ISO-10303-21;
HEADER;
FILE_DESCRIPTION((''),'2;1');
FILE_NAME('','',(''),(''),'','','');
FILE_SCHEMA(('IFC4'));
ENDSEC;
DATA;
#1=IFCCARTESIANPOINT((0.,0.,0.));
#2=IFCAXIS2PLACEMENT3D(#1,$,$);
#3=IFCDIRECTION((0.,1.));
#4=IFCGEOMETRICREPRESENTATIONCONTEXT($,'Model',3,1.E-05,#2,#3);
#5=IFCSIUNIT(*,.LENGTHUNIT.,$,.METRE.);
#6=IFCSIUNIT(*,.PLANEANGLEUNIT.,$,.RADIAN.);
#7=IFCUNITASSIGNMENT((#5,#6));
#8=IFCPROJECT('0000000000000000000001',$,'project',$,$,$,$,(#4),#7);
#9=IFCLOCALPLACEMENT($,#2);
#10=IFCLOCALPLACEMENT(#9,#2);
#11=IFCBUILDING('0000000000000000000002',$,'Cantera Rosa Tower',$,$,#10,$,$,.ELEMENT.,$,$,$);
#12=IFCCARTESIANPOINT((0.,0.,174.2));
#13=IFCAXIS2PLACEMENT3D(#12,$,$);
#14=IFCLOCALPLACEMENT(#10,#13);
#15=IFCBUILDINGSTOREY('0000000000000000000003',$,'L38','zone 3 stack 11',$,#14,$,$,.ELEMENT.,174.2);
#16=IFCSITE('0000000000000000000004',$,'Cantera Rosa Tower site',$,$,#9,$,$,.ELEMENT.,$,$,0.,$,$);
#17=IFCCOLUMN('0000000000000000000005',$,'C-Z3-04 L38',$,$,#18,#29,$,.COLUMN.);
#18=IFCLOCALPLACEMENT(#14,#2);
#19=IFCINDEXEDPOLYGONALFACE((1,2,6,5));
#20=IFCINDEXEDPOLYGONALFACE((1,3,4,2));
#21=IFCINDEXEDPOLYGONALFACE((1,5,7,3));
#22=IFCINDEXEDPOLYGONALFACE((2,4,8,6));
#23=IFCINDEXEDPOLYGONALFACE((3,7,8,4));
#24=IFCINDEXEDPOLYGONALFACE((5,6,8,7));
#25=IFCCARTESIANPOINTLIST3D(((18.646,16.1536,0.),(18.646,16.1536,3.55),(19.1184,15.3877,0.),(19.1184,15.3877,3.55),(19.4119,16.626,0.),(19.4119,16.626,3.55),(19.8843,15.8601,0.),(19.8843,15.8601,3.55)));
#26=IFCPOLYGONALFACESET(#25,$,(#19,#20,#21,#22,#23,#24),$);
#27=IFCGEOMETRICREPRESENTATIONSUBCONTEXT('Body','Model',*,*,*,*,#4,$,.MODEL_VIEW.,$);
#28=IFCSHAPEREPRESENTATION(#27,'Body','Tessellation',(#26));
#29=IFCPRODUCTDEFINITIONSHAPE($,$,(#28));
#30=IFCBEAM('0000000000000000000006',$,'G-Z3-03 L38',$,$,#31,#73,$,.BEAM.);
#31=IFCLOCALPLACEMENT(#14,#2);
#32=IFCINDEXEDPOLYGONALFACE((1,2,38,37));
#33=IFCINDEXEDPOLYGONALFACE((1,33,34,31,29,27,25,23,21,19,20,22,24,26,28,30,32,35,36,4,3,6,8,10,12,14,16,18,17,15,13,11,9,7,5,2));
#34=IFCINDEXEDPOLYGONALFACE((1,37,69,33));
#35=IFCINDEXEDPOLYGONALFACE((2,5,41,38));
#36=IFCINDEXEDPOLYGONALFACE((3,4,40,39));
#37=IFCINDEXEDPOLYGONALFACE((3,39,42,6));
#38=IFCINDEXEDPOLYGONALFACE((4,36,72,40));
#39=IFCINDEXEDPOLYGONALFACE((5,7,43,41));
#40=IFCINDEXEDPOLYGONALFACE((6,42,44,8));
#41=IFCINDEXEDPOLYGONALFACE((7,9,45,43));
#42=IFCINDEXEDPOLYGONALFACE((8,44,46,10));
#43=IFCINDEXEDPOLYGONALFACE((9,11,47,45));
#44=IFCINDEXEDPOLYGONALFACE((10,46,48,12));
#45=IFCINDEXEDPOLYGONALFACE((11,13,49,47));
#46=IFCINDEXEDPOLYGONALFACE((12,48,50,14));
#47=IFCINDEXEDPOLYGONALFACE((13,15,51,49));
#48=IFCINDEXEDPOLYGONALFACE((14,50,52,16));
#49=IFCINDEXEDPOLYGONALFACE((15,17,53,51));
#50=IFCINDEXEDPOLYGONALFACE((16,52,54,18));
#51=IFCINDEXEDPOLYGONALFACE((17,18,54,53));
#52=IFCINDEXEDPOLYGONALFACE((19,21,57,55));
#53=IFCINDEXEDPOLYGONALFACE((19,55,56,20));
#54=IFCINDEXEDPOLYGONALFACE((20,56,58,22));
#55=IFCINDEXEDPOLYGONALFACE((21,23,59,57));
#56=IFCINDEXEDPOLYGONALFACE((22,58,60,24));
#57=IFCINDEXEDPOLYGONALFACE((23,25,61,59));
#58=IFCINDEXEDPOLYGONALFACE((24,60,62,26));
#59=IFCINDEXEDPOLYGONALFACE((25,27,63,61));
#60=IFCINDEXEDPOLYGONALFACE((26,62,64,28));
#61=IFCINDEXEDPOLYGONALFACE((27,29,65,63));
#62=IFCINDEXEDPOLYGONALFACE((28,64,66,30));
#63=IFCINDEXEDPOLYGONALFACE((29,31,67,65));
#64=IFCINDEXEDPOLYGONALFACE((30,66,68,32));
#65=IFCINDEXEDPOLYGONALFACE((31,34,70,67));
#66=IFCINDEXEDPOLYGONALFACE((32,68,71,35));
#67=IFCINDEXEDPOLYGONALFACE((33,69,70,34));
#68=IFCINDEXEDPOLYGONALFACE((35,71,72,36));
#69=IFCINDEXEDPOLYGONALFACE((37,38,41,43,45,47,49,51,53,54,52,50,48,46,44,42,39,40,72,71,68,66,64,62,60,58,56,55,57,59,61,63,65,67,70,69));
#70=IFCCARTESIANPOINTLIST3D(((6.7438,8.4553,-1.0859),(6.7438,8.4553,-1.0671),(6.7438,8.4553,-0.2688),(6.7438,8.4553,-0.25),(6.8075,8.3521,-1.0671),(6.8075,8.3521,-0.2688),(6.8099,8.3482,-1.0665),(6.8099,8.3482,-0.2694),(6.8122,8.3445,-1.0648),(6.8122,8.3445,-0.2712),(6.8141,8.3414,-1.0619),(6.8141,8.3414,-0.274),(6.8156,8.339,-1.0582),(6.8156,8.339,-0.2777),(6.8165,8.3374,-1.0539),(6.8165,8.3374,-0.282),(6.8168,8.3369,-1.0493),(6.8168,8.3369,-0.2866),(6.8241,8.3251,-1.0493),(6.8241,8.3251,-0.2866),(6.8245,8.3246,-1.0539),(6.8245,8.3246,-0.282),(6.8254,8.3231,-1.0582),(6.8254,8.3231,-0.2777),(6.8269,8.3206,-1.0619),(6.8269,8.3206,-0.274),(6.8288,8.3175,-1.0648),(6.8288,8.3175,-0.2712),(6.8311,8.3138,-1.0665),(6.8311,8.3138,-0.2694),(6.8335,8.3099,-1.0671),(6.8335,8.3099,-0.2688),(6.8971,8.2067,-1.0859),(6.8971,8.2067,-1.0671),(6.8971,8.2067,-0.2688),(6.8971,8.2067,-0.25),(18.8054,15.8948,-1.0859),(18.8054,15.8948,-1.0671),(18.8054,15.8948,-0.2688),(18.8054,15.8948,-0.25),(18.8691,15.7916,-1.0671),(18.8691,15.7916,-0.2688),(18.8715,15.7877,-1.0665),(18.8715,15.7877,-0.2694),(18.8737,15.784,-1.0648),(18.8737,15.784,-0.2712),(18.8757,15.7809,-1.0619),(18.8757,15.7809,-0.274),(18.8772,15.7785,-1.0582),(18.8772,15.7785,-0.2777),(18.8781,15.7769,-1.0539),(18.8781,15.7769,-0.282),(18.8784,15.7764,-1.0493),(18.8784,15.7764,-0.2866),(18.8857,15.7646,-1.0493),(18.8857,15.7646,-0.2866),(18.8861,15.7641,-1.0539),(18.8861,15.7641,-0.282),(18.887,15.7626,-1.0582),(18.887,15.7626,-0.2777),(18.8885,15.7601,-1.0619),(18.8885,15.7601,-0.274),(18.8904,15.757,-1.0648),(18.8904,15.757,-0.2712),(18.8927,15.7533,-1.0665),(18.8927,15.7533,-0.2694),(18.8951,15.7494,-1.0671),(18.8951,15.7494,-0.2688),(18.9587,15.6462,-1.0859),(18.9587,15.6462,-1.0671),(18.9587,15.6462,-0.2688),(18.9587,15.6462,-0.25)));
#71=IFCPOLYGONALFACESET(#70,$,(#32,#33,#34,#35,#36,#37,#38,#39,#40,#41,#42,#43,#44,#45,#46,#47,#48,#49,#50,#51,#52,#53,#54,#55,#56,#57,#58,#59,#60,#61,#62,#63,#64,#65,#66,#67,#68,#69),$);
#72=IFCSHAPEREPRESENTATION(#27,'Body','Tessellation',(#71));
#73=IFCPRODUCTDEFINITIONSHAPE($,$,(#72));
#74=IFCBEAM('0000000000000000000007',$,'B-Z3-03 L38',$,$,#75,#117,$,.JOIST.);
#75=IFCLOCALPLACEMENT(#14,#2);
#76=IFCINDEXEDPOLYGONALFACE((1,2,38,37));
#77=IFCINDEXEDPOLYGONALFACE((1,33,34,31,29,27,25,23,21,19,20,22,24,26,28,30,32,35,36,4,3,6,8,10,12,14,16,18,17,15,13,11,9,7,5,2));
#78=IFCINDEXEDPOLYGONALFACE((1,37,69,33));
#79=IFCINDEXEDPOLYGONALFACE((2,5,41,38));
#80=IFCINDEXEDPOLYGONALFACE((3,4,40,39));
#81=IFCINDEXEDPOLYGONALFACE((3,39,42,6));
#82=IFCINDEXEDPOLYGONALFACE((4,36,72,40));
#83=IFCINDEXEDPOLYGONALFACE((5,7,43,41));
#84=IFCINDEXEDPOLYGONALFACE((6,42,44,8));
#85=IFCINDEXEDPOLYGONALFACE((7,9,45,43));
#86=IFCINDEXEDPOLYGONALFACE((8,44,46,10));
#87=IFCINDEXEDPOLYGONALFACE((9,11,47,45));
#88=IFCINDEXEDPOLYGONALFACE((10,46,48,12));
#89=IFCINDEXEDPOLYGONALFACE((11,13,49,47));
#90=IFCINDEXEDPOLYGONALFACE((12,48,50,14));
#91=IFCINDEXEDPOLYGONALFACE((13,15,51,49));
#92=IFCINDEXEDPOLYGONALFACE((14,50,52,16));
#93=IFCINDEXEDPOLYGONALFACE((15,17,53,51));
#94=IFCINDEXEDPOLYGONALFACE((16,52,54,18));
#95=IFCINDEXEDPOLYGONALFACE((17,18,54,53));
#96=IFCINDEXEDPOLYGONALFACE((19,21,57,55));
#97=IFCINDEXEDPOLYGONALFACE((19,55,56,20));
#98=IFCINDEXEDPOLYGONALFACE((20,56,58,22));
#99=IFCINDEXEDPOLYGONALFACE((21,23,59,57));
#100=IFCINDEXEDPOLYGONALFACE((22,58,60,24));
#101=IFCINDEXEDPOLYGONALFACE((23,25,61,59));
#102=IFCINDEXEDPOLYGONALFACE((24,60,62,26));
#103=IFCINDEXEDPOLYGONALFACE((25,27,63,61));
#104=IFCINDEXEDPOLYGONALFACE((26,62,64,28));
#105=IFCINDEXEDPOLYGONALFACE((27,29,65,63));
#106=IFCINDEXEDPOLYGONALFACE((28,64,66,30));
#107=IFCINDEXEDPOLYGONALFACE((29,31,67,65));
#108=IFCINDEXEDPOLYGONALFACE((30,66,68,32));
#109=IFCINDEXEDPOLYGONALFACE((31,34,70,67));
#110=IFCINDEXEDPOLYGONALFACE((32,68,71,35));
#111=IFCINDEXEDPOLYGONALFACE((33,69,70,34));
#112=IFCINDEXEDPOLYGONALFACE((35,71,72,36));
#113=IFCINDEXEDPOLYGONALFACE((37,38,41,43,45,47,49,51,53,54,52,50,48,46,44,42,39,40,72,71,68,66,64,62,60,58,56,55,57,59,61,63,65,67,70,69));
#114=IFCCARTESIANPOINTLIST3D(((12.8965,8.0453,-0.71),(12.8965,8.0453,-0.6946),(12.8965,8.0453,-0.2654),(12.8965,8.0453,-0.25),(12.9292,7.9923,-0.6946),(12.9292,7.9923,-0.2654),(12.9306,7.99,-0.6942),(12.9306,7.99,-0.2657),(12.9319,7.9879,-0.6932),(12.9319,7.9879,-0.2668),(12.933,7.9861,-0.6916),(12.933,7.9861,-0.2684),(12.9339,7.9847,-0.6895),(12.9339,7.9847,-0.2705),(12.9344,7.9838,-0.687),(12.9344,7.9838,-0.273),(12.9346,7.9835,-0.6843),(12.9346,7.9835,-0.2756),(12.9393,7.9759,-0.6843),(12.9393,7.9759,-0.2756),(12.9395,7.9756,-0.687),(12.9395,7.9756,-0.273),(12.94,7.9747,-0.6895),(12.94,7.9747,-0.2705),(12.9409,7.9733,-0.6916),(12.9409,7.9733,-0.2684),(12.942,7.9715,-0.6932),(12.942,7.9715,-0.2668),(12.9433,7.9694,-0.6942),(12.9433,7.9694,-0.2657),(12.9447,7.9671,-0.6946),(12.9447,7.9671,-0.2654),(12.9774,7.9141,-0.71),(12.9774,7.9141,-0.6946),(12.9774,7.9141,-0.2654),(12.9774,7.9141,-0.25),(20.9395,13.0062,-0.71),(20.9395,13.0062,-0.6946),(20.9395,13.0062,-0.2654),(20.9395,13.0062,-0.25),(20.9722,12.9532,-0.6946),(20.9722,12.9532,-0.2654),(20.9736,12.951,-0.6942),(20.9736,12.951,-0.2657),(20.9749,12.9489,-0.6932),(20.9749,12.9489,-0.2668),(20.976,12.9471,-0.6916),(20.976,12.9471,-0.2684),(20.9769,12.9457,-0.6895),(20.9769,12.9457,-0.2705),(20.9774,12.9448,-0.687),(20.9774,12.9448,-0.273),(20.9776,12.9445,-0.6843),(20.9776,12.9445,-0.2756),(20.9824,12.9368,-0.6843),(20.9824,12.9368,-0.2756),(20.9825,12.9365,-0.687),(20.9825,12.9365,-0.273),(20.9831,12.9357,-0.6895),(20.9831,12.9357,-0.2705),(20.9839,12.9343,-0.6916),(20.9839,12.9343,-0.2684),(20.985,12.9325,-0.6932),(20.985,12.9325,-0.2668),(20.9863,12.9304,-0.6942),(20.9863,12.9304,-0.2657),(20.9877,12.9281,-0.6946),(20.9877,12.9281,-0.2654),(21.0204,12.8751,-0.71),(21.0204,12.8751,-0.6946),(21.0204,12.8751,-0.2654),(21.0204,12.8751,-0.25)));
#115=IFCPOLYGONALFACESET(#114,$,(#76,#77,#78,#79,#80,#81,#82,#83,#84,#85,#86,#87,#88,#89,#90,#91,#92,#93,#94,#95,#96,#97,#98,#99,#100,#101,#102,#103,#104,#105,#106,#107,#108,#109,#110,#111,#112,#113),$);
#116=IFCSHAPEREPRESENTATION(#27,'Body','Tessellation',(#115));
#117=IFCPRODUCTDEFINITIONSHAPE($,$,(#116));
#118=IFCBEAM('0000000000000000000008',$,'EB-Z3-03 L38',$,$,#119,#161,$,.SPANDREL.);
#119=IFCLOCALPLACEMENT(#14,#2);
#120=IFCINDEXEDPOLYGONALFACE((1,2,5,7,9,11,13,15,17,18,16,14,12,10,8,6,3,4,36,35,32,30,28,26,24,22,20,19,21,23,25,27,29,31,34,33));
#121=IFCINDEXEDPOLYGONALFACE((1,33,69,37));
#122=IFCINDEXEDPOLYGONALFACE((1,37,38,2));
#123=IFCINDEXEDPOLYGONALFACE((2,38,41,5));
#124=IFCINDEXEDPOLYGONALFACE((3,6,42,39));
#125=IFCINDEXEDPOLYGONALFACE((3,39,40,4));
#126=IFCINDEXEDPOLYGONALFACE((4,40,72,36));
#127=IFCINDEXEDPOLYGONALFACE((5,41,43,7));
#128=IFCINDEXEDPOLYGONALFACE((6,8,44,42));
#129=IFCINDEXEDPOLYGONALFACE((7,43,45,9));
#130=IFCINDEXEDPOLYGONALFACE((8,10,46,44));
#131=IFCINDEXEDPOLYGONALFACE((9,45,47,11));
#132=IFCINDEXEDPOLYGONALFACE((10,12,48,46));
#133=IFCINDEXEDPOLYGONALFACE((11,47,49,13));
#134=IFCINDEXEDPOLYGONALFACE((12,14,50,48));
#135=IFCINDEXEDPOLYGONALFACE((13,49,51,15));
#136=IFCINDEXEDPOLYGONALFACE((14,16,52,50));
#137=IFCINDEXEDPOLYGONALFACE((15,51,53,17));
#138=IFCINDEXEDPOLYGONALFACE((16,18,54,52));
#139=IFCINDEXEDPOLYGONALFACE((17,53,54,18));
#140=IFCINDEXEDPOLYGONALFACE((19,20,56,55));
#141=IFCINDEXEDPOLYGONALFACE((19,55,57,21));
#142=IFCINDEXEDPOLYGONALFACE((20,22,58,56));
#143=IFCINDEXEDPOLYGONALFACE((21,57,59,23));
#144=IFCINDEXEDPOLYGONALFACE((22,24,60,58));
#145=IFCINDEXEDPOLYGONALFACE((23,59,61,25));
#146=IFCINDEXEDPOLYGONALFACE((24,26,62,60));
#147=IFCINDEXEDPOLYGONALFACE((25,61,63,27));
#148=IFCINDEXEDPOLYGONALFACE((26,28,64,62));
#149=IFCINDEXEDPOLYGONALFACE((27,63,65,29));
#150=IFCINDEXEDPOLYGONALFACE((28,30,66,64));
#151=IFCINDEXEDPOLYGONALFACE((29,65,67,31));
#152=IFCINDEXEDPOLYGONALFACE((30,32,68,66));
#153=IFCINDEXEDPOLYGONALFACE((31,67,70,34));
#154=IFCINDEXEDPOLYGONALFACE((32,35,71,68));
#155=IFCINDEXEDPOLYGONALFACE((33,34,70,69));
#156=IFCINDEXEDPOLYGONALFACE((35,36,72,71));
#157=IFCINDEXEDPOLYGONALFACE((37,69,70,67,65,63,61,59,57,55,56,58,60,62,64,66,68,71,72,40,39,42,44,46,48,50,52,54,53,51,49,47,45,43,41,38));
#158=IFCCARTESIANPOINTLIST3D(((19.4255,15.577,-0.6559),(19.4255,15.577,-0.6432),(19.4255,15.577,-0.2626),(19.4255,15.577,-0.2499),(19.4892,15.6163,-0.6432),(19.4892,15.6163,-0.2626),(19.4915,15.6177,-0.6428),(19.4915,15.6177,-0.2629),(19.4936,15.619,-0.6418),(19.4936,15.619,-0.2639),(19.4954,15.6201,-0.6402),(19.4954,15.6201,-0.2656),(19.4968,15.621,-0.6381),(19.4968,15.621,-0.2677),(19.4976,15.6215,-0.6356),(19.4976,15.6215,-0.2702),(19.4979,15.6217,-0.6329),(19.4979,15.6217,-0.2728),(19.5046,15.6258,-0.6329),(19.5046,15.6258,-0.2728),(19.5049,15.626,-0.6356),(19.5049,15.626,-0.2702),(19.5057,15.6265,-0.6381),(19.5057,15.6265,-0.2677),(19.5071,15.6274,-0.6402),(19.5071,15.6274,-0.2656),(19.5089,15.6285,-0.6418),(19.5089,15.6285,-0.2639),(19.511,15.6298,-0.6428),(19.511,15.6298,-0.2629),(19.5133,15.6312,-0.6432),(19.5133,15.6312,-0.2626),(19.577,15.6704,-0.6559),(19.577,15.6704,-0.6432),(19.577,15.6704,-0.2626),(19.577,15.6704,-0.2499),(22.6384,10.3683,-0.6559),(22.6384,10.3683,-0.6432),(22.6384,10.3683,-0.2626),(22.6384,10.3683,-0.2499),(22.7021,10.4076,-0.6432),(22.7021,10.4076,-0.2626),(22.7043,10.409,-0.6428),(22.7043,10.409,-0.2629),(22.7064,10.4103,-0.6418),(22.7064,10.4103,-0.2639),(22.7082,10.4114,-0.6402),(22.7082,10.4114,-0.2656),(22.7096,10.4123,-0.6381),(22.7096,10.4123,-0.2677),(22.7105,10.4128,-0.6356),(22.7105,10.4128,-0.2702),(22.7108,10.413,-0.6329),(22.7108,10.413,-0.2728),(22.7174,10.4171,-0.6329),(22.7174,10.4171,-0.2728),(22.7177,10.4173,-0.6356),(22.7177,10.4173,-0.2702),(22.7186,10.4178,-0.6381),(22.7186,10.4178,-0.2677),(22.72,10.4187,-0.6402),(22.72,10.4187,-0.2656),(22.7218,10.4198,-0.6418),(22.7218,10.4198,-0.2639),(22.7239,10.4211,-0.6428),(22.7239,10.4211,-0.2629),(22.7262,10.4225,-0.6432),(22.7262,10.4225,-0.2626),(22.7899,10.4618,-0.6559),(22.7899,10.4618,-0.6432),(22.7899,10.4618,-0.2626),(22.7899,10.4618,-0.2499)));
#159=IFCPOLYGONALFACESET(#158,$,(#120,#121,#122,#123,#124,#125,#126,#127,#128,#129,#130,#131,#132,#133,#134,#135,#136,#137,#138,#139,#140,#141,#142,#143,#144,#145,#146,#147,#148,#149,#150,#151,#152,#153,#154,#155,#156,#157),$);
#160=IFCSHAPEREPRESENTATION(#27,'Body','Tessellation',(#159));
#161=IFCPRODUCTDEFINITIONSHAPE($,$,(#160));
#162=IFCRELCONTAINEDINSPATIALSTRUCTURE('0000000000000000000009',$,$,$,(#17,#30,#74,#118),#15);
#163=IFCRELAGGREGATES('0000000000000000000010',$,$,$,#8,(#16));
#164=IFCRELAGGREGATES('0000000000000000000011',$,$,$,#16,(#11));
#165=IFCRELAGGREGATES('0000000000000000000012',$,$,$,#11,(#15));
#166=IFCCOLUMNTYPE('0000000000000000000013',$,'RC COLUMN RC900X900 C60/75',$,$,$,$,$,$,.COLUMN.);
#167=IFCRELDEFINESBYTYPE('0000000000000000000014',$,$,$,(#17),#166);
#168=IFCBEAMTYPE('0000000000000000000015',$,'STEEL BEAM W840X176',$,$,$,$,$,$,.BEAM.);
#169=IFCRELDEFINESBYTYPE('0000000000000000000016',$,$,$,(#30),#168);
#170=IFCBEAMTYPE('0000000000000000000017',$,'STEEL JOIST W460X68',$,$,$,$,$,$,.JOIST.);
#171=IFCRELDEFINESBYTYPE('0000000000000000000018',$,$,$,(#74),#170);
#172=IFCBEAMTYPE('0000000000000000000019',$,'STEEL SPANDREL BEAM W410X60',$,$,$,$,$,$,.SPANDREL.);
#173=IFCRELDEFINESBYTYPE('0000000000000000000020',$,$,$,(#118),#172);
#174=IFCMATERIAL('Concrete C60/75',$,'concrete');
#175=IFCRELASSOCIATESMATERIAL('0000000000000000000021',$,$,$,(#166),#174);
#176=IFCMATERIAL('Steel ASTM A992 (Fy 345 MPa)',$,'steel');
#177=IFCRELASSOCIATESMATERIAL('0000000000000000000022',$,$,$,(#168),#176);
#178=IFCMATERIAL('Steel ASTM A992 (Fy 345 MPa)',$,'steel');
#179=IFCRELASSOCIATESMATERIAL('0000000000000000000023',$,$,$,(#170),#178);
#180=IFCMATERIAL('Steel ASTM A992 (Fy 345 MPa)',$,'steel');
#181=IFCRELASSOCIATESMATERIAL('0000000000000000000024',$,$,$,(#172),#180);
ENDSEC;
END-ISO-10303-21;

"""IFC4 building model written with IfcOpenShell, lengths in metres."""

from ifc_helpers import new_model, si_unit, direction, frame, origin, origin_2d, place, context, subcontext, project, spatial, rectangle, i_section, extrude, material, material_profile, profile_set, type_object, element, save


model = new_model("IFC4")

# Units and contexts
model_context = context("Model", 3, precision=1e-05, world=origin(), true_north=direction((0.0, 1.0)))
body_context = subcontext(model_context, "Body", "Model", "MODEL_VIEW")
ifc_project = project(units=[si_unit("LENGTHUNIT", "METRE"), si_unit("PLANEANGLEUNIT", "RADIAN")], contexts=[model_context])

# Site, building, storey
site_placement = place(None, origin())
site = spatial("IfcSite", under=ifc_project, at=site_placement, Name="Cantera Rosa Tower site", CompositionType="ELEMENT", RefElevation=0.0)
building_placement = place(site_placement, origin())
building = spatial("IfcBuilding", under=site, at=building_placement, Name="Cantera Rosa Tower", CompositionType="ELEMENT")
storey_placement = place(building_placement, frame((0.0, 0.0, 174.2)))
storey = spatial("IfcBuildingStorey", under=building, at=storey_placement, Name="L38", Description="zone 3 stack 11", CompositionType="ELEMENT", Elevation=174.2)

# Column
ifc_material_1 = material(Name="Concrete C60/75", Category="concrete")
ifc_material_profile_1 = material_profile(ifc_material_1, rectangle(XDim=0.8999, YDim=0.8999, at=origin_2d()), Name="RC COLUMN RC900X900 C60/75")
ifc_profile_set_1 = profile_set([ifc_material_profile_1], Name="Concrete C60/75")
column_type = type_object("IfcColumnType", Name="RC COLUMN RC900X900 C60/75", PredefinedType="COLUMN", material=ifc_profile_set_1)
column_placement = place(storey_placement, frame((19.2651, 16.0068, 0.0), z_axis=(0.0, 0.0, 1.0), x_axis=(0.851117, 0.524977, 0.0)))
element("IfcColumn", 1, at=column_placement, inside=storey, type_object=column_type, Name="C-Z3-04 L38", PredefinedType="COLUMN", context=body_context, shape_type="SweptSolid", body=[
    extrude(rectangle(XDim=0.8999, YDim=0.8999, at=origin_2d()), origin(), (0.0, 0.0, 1.0), 3.55),
])

# Beams
ifc_material_2 = material(Name="Steel ASTM A992 (Fy 345 MPa)", Category="steel")
ifc_material_profile_2 = material_profile(ifc_material_2, i_section(OverallWidth=0.292, OverallDepth=0.8359, WebThickness=0.0139, FlangeThickness=0.0188, FilletRadius=0.0178, at=origin_2d()), Name="W840X176")
ifc_profile_set_2 = profile_set([ifc_material_profile_2], Name="Steel ASTM A992 (Fy 345 MPa)")
beam_type_1 = type_object("IfcBeamType", Name="STEEL BEAM W840X176", PredefinedType="BEAM", material=ifc_profile_set_2)
beam_1_placement = place(storey_placement, frame((18.8821, 15.7705, -0.668), z_axis=(-0.851123, -0.524966, 0.0), x_axis=(0.524966, -0.851123, 0.0)))
element("IfcBeam", 2, at=beam_1_placement, inside=storey, type_object=beam_type_1, Name="G-Z3-03 L38", PredefinedType="BEAM", context=body_context, shape_type="SweptSolid", body=[
    extrude(i_section(OverallWidth=0.292, OverallDepth=0.8359, WebThickness=0.0139, FlangeThickness=0.0188, FilletRadius=0.0178, at=origin_2d()), origin(), (0.0, 0.0, 1.0), 14.1714),
])
ifc_material_3 = material(Name="Steel ASTM A992 (Fy 345 MPa)", Category="steel")
ifc_material_profile_3 = material_profile(ifc_material_3, i_section(OverallWidth=0.1541, OverallDepth=0.46, WebThickness=0.009, FlangeThickness=0.0154, FilletRadius=0.0103, at=origin_2d()), Name="W460X68")
ifc_profile_set_3 = profile_set([ifc_material_profile_3], Name="Steel ASTM A992 (Fy 345 MPa)")
beam_type_2 = type_object("IfcBeamType", Name="STEEL JOIST W460X68", PredefinedType="JOIST", material=ifc_profile_set_3)
beam_2_placement = place(storey_placement, frame((20.98, 12.9407, -0.48), z_axis=(-0.851119, -0.524974, 0.0), x_axis=(0.524974, -0.851119, 0.0)))
element("IfcBeam", 3, at=beam_2_placement, inside=storey, type_object=beam_type_2, Name="B-Z3-03 L38", PredefinedType="JOIST", context=body_context, shape_type="SweptSolid", body=[
    extrude(i_section(OverallWidth=0.1541, OverallDepth=0.46, WebThickness=0.009, FlangeThickness=0.0154, FilletRadius=0.0103, at=origin_2d()), origin(), (0.0, 0.0, 1.0), 9.45),
])
ifc_material_4 = material(Name="Steel ASTM A992 (Fy 345 MPa)", Category="steel")
ifc_material_profile_4 = material_profile(ifc_material_4, i_section(OverallWidth=0.178, OverallDepth=0.406, WebThickness=0.0078, FlangeThickness=0.0127, FilletRadius=0.0103, at=origin_2d()), Name="W410X60")
ifc_profile_set_4 = profile_set([ifc_material_profile_4], Name="Steel ASTM A992 (Fy 345 MPa)")
beam_type_3 = type_object("IfcBeamType", Name="STEEL SPANDREL BEAM W410X60", PredefinedType="SPANDREL", material=ifc_profile_set_4)
for number, where, z_axis, x_axis, name in (
    (4, (22.7141, 10.415, -0.4529), (-0.524987, 0.85111, 0.0), (-0.85111, -0.524987, 0.0), "EB-Z3-03 L38"),
):
    element("IfcBeam", number, at=place(storey_placement, frame(where, z_axis=z_axis, x_axis=x_axis)), inside=storey, type_object=beam_type_3, Name=name, PredefinedType="SPANDREL", context=body_context, shape_type="SweptSolid", body=[
        extrude(i_section(OverallWidth=0.178, OverallDepth=0.406, WebThickness=0.0078, FlangeThickness=0.0127, FilletRadius=0.0103, at=origin_2d()), origin(), (0.0, 0.0, 1.0), 6.1199),
    ])

save(model, "model.ifc")
